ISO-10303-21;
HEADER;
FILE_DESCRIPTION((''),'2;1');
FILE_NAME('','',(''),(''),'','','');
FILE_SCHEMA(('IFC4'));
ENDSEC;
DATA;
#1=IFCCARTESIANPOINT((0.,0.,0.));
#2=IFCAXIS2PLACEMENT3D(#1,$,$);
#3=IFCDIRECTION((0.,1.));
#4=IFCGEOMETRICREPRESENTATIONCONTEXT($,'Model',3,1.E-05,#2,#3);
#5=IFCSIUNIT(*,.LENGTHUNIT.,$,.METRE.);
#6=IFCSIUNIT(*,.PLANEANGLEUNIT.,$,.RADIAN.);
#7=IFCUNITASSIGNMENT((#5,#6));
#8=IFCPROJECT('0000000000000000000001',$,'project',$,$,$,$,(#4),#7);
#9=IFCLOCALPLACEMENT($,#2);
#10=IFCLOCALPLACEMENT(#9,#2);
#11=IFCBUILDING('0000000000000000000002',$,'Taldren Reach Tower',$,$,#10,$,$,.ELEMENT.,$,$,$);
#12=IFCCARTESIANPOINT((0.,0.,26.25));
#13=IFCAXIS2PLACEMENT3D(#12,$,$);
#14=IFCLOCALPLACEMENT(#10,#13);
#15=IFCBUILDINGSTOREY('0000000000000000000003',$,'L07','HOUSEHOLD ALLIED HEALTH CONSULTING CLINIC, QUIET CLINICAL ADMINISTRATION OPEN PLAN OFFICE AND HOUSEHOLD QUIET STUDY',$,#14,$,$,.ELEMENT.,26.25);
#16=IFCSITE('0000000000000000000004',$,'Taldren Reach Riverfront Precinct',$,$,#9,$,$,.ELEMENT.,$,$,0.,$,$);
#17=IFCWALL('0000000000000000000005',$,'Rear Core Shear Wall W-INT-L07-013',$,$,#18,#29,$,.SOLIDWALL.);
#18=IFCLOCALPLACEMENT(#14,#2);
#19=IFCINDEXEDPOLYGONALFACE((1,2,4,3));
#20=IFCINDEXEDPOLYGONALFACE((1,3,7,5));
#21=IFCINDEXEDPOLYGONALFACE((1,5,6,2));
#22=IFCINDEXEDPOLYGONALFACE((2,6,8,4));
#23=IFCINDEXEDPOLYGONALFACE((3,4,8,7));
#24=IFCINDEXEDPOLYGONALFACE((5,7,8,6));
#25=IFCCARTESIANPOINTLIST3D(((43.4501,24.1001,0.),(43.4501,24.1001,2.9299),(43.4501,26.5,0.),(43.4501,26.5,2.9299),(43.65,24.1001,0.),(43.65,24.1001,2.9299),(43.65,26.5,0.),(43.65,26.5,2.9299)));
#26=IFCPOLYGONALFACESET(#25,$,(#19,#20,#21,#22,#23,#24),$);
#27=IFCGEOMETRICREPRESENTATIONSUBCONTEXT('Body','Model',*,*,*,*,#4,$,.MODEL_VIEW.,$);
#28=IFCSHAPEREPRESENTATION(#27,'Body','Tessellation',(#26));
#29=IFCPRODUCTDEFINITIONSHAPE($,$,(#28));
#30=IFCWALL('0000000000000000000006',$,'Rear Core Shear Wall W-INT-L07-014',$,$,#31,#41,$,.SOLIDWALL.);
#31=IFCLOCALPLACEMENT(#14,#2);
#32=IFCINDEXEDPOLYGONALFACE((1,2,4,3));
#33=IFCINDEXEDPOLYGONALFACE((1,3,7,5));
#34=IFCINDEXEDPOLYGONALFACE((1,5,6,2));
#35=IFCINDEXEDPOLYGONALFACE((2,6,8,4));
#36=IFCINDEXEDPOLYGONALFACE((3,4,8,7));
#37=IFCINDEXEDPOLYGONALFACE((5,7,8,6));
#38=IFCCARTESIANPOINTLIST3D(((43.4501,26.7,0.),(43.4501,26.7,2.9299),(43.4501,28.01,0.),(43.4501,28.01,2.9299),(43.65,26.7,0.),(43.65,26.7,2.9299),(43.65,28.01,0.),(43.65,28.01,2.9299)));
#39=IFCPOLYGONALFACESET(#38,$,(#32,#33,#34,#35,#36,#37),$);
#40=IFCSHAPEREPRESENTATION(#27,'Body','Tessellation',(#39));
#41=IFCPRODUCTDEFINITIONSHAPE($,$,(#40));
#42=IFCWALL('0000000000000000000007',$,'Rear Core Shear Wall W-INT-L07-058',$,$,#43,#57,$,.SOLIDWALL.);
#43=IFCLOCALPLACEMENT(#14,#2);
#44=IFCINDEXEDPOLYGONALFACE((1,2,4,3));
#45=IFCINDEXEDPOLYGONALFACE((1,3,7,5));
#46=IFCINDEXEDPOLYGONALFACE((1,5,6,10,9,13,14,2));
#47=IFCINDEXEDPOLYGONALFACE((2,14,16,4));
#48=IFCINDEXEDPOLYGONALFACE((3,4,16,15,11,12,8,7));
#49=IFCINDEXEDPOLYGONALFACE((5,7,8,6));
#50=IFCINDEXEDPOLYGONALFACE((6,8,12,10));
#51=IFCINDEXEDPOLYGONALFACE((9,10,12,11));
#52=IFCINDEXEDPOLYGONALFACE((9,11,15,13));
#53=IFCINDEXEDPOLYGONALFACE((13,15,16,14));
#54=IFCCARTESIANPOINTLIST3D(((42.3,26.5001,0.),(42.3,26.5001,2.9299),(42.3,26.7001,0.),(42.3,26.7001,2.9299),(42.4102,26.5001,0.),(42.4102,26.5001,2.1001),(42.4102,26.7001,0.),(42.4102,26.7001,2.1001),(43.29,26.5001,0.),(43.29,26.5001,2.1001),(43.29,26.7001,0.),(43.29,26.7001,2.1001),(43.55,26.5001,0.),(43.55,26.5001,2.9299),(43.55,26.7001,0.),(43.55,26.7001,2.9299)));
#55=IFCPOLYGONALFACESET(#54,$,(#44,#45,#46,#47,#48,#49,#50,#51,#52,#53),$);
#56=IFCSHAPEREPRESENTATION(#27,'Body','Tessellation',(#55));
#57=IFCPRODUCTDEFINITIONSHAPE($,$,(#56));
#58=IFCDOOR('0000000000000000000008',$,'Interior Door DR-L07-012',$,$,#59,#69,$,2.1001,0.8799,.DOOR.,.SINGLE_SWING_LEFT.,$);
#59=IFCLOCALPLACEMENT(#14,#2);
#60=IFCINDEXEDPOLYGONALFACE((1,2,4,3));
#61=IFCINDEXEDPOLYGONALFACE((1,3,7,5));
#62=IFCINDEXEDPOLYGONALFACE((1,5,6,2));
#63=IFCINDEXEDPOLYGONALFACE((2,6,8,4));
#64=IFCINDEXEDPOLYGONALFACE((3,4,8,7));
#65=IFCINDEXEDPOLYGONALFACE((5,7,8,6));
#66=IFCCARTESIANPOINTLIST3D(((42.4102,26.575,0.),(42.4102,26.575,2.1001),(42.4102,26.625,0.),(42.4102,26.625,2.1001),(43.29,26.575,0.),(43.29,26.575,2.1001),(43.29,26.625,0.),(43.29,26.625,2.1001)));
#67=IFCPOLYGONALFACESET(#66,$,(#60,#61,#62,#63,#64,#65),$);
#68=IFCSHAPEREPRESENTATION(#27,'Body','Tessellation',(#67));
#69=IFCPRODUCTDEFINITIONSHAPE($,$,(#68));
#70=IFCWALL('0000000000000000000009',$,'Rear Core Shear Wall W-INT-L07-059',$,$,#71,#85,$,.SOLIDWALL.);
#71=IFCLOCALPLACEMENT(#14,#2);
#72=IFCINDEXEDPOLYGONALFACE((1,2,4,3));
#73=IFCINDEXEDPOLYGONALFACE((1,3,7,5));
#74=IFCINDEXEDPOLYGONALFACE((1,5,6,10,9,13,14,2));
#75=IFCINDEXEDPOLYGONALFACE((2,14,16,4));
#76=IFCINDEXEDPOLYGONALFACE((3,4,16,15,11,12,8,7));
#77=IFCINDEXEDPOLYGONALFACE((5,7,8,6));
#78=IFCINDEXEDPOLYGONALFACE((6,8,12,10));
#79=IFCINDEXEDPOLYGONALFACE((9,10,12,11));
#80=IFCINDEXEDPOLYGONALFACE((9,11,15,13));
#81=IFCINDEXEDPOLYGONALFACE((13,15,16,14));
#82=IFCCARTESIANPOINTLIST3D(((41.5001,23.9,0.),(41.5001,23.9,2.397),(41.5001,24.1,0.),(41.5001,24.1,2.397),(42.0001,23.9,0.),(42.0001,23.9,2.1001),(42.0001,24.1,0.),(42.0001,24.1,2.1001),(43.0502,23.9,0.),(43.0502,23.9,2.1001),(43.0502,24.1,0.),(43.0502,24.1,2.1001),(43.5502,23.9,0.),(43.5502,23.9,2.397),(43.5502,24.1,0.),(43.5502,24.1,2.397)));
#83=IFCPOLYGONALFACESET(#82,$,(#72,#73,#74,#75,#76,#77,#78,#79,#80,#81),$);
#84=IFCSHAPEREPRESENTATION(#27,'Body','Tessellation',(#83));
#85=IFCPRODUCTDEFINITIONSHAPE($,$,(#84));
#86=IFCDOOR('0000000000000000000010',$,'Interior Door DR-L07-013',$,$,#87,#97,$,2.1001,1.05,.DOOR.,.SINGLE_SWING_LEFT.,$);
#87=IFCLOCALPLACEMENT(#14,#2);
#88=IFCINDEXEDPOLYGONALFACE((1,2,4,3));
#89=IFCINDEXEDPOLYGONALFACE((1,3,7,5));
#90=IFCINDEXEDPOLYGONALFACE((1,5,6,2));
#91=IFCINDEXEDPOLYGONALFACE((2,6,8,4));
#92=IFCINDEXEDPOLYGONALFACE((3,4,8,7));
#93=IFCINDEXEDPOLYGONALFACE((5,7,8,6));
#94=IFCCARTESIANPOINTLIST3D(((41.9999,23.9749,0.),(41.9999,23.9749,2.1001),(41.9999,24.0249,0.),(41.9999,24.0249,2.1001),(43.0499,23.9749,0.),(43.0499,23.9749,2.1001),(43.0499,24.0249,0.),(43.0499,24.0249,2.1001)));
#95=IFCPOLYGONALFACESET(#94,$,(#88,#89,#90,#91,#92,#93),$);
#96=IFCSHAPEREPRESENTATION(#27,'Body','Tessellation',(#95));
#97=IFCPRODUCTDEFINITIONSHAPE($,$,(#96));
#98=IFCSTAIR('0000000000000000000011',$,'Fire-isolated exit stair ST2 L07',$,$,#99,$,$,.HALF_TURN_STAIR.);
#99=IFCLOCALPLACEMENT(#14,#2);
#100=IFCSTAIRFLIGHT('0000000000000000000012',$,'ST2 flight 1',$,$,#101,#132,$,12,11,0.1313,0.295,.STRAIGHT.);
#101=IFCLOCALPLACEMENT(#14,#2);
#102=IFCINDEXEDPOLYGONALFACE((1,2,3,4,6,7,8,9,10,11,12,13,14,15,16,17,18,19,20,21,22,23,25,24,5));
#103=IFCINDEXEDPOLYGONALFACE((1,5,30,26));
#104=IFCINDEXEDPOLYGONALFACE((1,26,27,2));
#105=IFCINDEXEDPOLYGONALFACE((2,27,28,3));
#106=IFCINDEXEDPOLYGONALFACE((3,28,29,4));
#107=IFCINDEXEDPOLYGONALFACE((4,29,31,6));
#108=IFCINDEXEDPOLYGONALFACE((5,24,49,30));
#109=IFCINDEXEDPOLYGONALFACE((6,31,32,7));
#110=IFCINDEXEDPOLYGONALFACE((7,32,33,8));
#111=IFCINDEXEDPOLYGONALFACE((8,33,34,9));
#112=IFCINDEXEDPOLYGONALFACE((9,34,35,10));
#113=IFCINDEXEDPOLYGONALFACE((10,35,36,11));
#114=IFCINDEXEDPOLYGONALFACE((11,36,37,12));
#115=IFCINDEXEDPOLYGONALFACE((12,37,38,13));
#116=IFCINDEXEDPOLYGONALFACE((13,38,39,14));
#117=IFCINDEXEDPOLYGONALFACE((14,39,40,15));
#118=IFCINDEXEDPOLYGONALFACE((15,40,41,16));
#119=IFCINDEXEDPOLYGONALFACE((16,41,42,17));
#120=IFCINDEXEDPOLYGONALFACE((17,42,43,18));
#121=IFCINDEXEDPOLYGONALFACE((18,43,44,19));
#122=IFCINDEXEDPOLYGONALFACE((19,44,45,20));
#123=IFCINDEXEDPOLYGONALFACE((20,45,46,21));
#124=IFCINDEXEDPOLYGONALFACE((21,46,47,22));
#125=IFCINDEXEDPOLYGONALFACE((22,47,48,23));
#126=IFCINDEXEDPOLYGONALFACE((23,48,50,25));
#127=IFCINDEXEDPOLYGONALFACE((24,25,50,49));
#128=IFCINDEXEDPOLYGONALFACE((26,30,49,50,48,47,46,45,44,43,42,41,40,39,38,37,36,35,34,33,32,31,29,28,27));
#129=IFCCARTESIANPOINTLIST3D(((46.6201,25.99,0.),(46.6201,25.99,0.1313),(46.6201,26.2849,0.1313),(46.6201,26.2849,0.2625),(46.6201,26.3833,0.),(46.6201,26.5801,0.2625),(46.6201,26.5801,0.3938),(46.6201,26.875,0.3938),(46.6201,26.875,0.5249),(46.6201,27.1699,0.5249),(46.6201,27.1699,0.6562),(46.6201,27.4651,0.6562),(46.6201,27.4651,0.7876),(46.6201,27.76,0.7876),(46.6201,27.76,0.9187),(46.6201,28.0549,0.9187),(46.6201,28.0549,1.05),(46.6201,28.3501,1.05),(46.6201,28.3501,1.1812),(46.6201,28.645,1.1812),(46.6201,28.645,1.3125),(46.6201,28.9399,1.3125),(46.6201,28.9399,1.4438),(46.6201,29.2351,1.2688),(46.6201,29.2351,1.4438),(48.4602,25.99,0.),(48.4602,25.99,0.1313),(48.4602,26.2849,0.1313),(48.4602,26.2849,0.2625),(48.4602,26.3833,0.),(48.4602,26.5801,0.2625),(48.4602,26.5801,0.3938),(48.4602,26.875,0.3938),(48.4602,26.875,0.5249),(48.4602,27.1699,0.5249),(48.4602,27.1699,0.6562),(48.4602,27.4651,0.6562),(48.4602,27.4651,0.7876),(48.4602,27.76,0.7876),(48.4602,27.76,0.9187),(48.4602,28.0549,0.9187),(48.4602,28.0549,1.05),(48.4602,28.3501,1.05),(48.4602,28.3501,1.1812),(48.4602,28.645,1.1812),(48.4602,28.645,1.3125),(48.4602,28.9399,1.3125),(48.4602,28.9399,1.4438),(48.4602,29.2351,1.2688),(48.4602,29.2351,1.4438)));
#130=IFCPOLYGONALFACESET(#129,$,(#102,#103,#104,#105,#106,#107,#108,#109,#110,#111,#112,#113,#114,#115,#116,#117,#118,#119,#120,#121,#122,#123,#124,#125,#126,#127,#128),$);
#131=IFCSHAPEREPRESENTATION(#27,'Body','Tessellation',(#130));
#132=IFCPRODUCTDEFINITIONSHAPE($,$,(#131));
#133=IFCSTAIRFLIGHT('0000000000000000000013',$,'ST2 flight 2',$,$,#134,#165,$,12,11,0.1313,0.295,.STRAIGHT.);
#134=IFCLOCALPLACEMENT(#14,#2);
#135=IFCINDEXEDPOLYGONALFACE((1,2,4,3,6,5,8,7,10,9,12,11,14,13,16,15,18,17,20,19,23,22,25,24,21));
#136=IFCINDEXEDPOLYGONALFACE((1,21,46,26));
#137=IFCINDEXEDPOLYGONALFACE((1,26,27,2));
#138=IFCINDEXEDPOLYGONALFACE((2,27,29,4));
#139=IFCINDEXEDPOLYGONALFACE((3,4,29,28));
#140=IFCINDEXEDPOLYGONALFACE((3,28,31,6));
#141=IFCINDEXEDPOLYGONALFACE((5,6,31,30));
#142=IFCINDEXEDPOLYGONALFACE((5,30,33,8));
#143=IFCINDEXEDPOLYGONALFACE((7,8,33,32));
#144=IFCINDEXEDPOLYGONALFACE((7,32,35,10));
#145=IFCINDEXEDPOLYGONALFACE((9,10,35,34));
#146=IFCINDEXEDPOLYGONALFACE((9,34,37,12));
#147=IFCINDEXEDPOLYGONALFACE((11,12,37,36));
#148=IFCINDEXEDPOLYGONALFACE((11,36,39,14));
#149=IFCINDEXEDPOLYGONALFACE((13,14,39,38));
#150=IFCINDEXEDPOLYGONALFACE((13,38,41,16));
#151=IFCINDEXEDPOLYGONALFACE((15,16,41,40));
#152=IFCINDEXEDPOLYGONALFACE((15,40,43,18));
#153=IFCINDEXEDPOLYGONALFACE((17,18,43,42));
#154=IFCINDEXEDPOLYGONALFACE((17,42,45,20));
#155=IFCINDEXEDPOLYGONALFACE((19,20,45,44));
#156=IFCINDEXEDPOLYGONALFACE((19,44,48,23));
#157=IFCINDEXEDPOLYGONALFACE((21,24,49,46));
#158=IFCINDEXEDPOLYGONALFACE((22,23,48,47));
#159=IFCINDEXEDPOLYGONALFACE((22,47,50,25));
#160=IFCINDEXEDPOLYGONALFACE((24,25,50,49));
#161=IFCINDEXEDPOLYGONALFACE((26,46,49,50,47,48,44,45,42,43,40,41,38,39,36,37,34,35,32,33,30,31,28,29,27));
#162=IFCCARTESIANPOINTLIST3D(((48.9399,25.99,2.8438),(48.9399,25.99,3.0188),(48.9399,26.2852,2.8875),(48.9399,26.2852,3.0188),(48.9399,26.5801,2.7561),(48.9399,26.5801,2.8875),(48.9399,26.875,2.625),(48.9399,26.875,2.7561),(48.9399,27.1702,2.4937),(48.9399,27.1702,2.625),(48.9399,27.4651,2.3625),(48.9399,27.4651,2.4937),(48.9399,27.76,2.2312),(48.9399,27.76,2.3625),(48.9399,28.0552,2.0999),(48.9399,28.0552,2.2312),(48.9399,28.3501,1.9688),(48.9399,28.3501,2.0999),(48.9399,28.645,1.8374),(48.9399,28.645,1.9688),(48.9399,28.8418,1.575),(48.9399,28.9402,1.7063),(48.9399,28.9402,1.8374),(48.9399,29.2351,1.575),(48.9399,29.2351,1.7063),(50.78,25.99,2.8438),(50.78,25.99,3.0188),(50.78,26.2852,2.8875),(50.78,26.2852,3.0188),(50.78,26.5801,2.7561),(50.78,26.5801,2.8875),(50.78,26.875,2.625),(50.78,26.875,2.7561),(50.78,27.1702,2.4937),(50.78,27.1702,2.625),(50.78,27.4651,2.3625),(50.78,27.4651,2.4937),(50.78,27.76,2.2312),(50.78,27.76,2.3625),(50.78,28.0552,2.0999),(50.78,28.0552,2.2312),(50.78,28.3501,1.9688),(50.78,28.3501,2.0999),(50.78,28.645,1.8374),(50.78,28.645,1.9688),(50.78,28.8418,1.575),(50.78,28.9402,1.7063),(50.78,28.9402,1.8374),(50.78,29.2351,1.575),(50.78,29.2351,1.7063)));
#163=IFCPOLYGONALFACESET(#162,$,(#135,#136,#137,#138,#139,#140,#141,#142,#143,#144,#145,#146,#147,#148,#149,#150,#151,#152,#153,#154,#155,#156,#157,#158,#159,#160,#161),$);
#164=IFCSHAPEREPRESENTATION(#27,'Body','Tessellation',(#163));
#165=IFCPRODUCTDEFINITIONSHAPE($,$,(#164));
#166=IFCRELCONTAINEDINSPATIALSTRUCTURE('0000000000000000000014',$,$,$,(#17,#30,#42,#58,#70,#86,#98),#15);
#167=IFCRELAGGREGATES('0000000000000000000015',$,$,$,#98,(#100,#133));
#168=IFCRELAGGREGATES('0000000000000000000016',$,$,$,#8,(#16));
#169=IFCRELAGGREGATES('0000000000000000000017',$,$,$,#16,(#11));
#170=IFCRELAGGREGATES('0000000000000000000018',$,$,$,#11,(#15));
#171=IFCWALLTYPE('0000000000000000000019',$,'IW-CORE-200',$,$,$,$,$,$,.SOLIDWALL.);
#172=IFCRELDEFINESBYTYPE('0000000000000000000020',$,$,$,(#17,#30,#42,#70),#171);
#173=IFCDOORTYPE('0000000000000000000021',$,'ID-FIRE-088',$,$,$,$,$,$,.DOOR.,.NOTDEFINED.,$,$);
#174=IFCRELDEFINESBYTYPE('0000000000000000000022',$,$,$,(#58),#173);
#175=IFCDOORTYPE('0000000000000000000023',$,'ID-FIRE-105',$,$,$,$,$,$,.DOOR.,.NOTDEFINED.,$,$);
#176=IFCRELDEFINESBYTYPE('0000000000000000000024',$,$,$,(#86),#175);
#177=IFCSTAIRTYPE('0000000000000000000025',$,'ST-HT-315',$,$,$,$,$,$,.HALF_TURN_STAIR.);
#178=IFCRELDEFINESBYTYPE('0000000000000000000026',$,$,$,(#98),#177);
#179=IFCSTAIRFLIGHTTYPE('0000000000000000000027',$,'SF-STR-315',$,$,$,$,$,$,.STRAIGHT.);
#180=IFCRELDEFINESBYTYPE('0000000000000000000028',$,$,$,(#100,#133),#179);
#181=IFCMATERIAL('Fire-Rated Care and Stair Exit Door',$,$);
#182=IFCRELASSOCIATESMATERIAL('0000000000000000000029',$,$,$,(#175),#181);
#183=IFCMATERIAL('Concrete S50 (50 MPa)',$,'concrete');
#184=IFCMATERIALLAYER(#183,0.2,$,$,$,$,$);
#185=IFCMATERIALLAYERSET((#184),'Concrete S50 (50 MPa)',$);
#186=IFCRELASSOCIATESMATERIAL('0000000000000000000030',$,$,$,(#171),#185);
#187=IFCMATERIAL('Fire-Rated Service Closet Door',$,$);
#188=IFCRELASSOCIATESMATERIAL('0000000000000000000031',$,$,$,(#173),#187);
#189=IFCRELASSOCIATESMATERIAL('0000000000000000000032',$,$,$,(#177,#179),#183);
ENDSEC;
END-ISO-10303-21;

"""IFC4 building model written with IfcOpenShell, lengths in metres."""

from ifc_helpers import new_model, si_unit, direction, frame, frame_2d, origin, place, context, subcontext, project, spatial, polyline, rectangle, outline, extrude, source, transform, mapped, material, layer, layer_set, type_object, element, fill, aggregate, save


model = new_model("IFC4")

# Units and contexts
model_context = context("Model", 3, precision=1e-05, world=origin(), true_north=direction((0.0, 1.0)))
body_context = subcontext(model_context, "Body", "Model", "MODEL_VIEW")
ifc_project = project(units=[si_unit("LENGTHUNIT", "METRE"), si_unit("PLANEANGLEUNIT", "RADIAN")], contexts=[model_context])

# Site, building, storey
site_placement = place(None, origin())
site = spatial("IfcSite", under=ifc_project, at=site_placement, Name="Taldren Reach Riverfront Precinct", CompositionType="ELEMENT", RefElevation=0.0)
building_placement = place(site_placement, origin())
building = spatial("IfcBuilding", under=site, at=building_placement, Name="Taldren Reach Tower", CompositionType="ELEMENT")
storey_placement = place(building_placement, frame((0.0, 0.0, 26.25)))
storey = spatial("IfcBuildingStorey", under=building, at=storey_placement, Name="L07", Description="HOUSEHOLD ALLIED HEALTH CONSULTING CLINIC, QUIET CLINICAL ADMINISTRATION OPEN PLAN OFFICE AND HOUSEHOLD QUIET STUDY", CompositionType="ELEMENT", Elevation=26.25)

# Shared definitions
ifc_material_1 = material(Name="Fire-Rated Care and Stair Exit Door")
door_type_1 = type_object("IfcDoorType", Name="ID-FIRE-105", OperationType="NOTDEFINED", PredefinedType="DOOR", material=ifc_material_1)
shared_shape_1 = source(origin(), body_context, "Body", "SweptSolid", [
    extrude(rectangle(XDim=1.05, YDim=2.1001, at=frame_2d((0.5249, 1.05))), frame((0.0, 0.0249, 0.0), z_axis=(0.0, -1.0, 0.0), x_axis=(1.0, 0.0, 0.0)), (0.0, 0.0, 1.0), 0.05),
])

# Shared definitions
ifc_material_2 = material(Name="Concrete S50 (50 MPa)", Category="concrete")
ifc_layer_1 = layer(ifc_material_2, 0.2)
ifc_layer_set_1 = layer_set([ifc_layer_1], Name="Concrete S50 (50 MPa)")
wall_type_1 = type_object("IfcWallType", Name="IW-CORE-200", PredefinedType="SOLIDWALL", material=ifc_layer_set_1)
shared_shape_2 = source(origin(), body_context, "Body", "SweptSolid", [
    extrude(rectangle(XDim=1.05, YDim=2.1001, at=frame_2d((0.5249, 1.05))), frame((0.0, 0.1099, 0.0), z_axis=(0.0, -1.0, 0.0), x_axis=(1.0, 0.0, 0.0)), (0.0, 0.0, 1.0), 0.22),
])

# Walls
shared_shape_3 = source(origin(), body_context, "Body", "SweptSolid", [
    extrude(rectangle(XDim=2.3999, YDim=0.2, at=frame_2d((1.2, 0.0))), origin(), (0.0, 0.0, 1.0), 2.9299),
])
wall_1_placement = place(storey_placement, frame((43.55, 26.5, 0.0), z_axis=(0.0, 0.0, 1.0), x_axis=(0.0, -1.0, 0.0)))
element("IfcWall", 1, at=wall_1_placement, inside=storey, type_object=wall_type_1, Name="Rear Core Shear Wall W-INT-L07-013", PredefinedType="SOLIDWALL", context=body_context, shape_type="MappedRepresentation", body=[
    mapped(shared_shape_3, transform((0.0, 0.0, 0.0), scale=1.0)),
])
shared_shape_4 = source(origin(), body_context, "Body", "SweptSolid", [
    extrude(rectangle(XDim=1.3101, YDim=0.2, at=frame_2d((0.655, 0.0))), origin(), (0.0, 0.0, 1.0), 2.9299),
])
wall_2_placement = place(storey_placement, frame((43.55, 28.01, 0.0), z_axis=(0.0, 0.0, 1.0), x_axis=(0.0, -1.0, 0.0)))
element("IfcWall", 2, at=wall_2_placement, inside=storey, type_object=wall_type_1, Name="Rear Core Shear Wall W-INT-L07-014", PredefinedType="SOLIDWALL", context=body_context, shape_type="MappedRepresentation", body=[
    mapped(shared_shape_4, transform((0.0, 0.0, 0.0), scale=1.0)),
])

# Walls, openings, doors
shared_shape_5 = source(origin(), body_context, "Body", "SweptSolid", [
    extrude(rectangle(XDim=1.25, YDim=0.2, at=frame_2d((0.625, 0.0))), origin(), (0.0, 0.0, 1.0), 2.9299),
])
wall_3_placement = place(storey_placement, frame((42.3, 26.6001, 0.0), z_axis=(0.0, 0.0, 1.0), x_axis=(1.0, 0.0, 0.0)))
wall_3 = element("IfcWall", 3, at=wall_3_placement, inside=storey, type_object=wall_type_1, Name="Rear Core Shear Wall W-INT-L07-058", PredefinedType="SOLIDWALL", context=body_context, shape_type="MappedRepresentation", body=[
    mapped(shared_shape_5, transform((0.0, 0.0, 0.0), scale=1.0)),
])
shared_shape_6 = source(origin(), body_context, "Body", "SweptSolid", [
    extrude(rectangle(XDim=0.8799, YDim=2.1001, at=frame_2d((0.4399, 1.05))), frame((0.0, 0.1099, 0.0), z_axis=(0.0, -1.0, 0.0), x_axis=(1.0, 0.0, 0.0)), (0.0, 0.0, 1.0), 0.22),
])
opening_1_placement = place(wall_3_placement, frame((0.1101, 0.0, 0.0)))
opening_1 = element("IfcOpeningElement", 4, at=opening_1_placement, cuts=wall_3, PredefinedType="OPENING", context=body_context, shape_type="MappedRepresentation", body=[
    mapped(shared_shape_6, transform((0.0, 0.0, 0.0), scale=1.0)),
])
ifc_material_3 = material(Name="Fire-Rated Service Closet Door")
door_type_2 = type_object("IfcDoorType", Name="ID-FIRE-088", OperationType="NOTDEFINED", PredefinedType="DOOR", material=ifc_material_3)
shared_shape_7 = source(origin(), body_context, "Body", "SweptSolid", [
    extrude(rectangle(XDim=0.8799, YDim=2.1001, at=frame_2d((0.4399, 1.05))), frame((0.0, 0.0249, 0.0), z_axis=(0.0, -1.0, 0.0), x_axis=(1.0, 0.0, 0.0)), (0.0, 0.0, 1.0), 0.05),
])
door_1_placement = place(opening_1_placement, origin())
door_1 = element("IfcDoor", 5, at=door_1_placement, inside=storey, type_object=door_type_2, Name="Interior Door DR-L07-012", OperationType="SINGLE_SWING_LEFT", OverallHeight=2.1001, OverallWidth=0.8799, PredefinedType="DOOR", context=body_context, shape_type="MappedRepresentation", body=[
    mapped(shared_shape_7, transform((0.0, 0.0, 0.0), scale=1.0)),
])
fill(opening_1, door_1)
shared_shape_8 = source(origin(), body_context, "Body", "SweptSolid", [
    extrude(rectangle(XDim=2.05, YDim=0.2, at=frame_2d((1.0249, 0.0))), origin(), (0.0, 0.0, 1.0), 2.397),
])
wall_4_placement = place(storey_placement, frame((43.55, 24.0, 0.0), z_axis=(0.0, 0.0, 1.0), x_axis=(-1.0, 0.0, 0.0)))
wall_4 = element("IfcWall", 6, at=wall_4_placement, inside=storey, type_object=wall_type_1, Name="Rear Core Shear Wall W-INT-L07-059", PredefinedType="SOLIDWALL", context=body_context, shape_type="MappedRepresentation", body=[
    mapped(shared_shape_8, transform((0.0, 0.0, 0.0), scale=1.0)),
])
opening_2_placement = place(wall_4_placement, frame((0.5, 0.0, 0.0)))
opening_2 = element("IfcOpeningElement", 7, at=opening_2_placement, cuts=wall_4, PredefinedType="OPENING", context=body_context, shape_type="MappedRepresentation", body=[
    mapped(shared_shape_2, transform((0.0, 0.0, 0.0), scale=1.0)),
])
door_2_placement = place(opening_2_placement, frame((1.05, 0.0, 0.0), z_axis=(0.0, 0.0, 1.0), x_axis=(-1.0, 0.0, 0.0)))
door_2 = element("IfcDoor", 8, at=door_2_placement, inside=storey, type_object=door_type_1, Name="Interior Door DR-L07-013", OperationType="SINGLE_SWING_LEFT", OverallHeight=2.1001, OverallWidth=1.05, PredefinedType="DOOR", context=body_context, shape_type="MappedRepresentation", body=[
    mapped(shared_shape_1, transform((0.0, 0.0, 0.0), scale=1.0)),
])
fill(opening_2, door_2)

# Stair, stair flights
stair_type = type_object("IfcStairType", Name="ST-HT-315", PredefinedType="HALF_TURN_STAIR", material=ifc_material_2)
stair_placement = place(storey_placement, origin())
stair = element("IfcStair", 9, at=stair_placement, inside=storey, type_object=stair_type, Name="Fire-isolated exit stair ST2 L07", PredefinedType="HALF_TURN_STAIR")
stair_flight_type = type_object("IfcStairFlightType", Name="SF-STR-315", PredefinedType="STRAIGHT", material=ifc_material_2)
stair_flight_1_placement = place(storey_placement, frame((47.54, 25.99, 0.0), z_axis=(0.0, 0.0, 1.0), x_axis=(0.0, 1.0, 0.0)))
stair_flight_1 = element("IfcStairFlight", 10, at=stair_flight_1_placement, type_object=stair_flight_type, Name="ST2 flight 1", NumberOfRisers=12, NumberOfTreads=11, PredefinedType="STRAIGHT", RiserHeight=0.1313, TreadLength=0.295, context=body_context, shape_type="SweptSolid", body=[
    extrude(outline(polyline([(0.0, 0.0), (0.0, 0.1313), (0.2949, 0.1313), (0.2949, 0.2625), (0.5901, 0.2625), (0.5901, 0.3938), (0.885, 0.3938), (0.885, 0.5249), (1.1799, 0.5249), (1.1799, 0.6562), (1.4751, 0.6562), (1.4751, 0.7876), (1.77, 0.7876), (1.77, 0.9187), (2.0649, 0.9187), (2.0649, 1.05), (2.3601, 1.05), (2.3601, 1.1812), (2.655, 1.1812), (2.655, 1.3125), (2.95, 1.3125), (2.95, 1.4438), (3.2451, 1.4438), (3.2451, 1.575), (3.2451, 1.2688), (0.3933, 0.0), (0.0, 0.0)])), frame((0.0, 0.9199, 0.0), z_axis=(0.0, -1.0, 0.0), x_axis=(1.0, 0.0, 0.0)), (0.0, 0.0, 1.0), 1.8401),
])
stair_flight_2_placement = place(storey_placement, frame((49.8601, 29.2351, 1.575), z_axis=(0.0, 0.0, 1.0), x_axis=(0.0, -1.0, 0.0)))
stair_flight_2 = element("IfcStairFlight", 11, at=stair_flight_2_placement, type_object=stair_flight_type, Name="ST2 flight 2", NumberOfRisers=12, NumberOfTreads=11, PredefinedType="STRAIGHT", RiserHeight=0.1313, TreadLength=0.295, context=body_context, shape_type="SweptSolid", body=[
    extrude(outline(polyline([(0.0, 0.0), (0.0, 0.1313), (0.2949, 0.1313), (0.2949, 0.2625), (0.5901, 0.2625), (0.5901, 0.3938), (0.885, 0.3938), (0.885, 0.5249), (1.1799, 0.5249), (1.1799, 0.6562), (1.4751, 0.6562), (1.4751, 0.7876), (1.77, 0.7876), (1.77, 0.9187), (2.0649, 0.9187), (2.0649, 1.05), (2.3601, 1.05), (2.3601, 1.1812), (2.655, 1.1812), (2.655, 1.3125), (2.95, 1.3125), (2.95, 1.4438), (3.2451, 1.4438), (3.2451, 1.575), (3.2451, 1.2688), (0.3933, 0.0), (0.0, 0.0)])), frame((0.0, 0.9199, 0.0), z_axis=(0.0, -1.0, 0.0), x_axis=(1.0, 0.0, 0.0)), (0.0, 0.0, 1.0), 1.8401),
])
aggregate(stair, [stair_flight_1, stair_flight_2])

save(model, "model.ifc")
